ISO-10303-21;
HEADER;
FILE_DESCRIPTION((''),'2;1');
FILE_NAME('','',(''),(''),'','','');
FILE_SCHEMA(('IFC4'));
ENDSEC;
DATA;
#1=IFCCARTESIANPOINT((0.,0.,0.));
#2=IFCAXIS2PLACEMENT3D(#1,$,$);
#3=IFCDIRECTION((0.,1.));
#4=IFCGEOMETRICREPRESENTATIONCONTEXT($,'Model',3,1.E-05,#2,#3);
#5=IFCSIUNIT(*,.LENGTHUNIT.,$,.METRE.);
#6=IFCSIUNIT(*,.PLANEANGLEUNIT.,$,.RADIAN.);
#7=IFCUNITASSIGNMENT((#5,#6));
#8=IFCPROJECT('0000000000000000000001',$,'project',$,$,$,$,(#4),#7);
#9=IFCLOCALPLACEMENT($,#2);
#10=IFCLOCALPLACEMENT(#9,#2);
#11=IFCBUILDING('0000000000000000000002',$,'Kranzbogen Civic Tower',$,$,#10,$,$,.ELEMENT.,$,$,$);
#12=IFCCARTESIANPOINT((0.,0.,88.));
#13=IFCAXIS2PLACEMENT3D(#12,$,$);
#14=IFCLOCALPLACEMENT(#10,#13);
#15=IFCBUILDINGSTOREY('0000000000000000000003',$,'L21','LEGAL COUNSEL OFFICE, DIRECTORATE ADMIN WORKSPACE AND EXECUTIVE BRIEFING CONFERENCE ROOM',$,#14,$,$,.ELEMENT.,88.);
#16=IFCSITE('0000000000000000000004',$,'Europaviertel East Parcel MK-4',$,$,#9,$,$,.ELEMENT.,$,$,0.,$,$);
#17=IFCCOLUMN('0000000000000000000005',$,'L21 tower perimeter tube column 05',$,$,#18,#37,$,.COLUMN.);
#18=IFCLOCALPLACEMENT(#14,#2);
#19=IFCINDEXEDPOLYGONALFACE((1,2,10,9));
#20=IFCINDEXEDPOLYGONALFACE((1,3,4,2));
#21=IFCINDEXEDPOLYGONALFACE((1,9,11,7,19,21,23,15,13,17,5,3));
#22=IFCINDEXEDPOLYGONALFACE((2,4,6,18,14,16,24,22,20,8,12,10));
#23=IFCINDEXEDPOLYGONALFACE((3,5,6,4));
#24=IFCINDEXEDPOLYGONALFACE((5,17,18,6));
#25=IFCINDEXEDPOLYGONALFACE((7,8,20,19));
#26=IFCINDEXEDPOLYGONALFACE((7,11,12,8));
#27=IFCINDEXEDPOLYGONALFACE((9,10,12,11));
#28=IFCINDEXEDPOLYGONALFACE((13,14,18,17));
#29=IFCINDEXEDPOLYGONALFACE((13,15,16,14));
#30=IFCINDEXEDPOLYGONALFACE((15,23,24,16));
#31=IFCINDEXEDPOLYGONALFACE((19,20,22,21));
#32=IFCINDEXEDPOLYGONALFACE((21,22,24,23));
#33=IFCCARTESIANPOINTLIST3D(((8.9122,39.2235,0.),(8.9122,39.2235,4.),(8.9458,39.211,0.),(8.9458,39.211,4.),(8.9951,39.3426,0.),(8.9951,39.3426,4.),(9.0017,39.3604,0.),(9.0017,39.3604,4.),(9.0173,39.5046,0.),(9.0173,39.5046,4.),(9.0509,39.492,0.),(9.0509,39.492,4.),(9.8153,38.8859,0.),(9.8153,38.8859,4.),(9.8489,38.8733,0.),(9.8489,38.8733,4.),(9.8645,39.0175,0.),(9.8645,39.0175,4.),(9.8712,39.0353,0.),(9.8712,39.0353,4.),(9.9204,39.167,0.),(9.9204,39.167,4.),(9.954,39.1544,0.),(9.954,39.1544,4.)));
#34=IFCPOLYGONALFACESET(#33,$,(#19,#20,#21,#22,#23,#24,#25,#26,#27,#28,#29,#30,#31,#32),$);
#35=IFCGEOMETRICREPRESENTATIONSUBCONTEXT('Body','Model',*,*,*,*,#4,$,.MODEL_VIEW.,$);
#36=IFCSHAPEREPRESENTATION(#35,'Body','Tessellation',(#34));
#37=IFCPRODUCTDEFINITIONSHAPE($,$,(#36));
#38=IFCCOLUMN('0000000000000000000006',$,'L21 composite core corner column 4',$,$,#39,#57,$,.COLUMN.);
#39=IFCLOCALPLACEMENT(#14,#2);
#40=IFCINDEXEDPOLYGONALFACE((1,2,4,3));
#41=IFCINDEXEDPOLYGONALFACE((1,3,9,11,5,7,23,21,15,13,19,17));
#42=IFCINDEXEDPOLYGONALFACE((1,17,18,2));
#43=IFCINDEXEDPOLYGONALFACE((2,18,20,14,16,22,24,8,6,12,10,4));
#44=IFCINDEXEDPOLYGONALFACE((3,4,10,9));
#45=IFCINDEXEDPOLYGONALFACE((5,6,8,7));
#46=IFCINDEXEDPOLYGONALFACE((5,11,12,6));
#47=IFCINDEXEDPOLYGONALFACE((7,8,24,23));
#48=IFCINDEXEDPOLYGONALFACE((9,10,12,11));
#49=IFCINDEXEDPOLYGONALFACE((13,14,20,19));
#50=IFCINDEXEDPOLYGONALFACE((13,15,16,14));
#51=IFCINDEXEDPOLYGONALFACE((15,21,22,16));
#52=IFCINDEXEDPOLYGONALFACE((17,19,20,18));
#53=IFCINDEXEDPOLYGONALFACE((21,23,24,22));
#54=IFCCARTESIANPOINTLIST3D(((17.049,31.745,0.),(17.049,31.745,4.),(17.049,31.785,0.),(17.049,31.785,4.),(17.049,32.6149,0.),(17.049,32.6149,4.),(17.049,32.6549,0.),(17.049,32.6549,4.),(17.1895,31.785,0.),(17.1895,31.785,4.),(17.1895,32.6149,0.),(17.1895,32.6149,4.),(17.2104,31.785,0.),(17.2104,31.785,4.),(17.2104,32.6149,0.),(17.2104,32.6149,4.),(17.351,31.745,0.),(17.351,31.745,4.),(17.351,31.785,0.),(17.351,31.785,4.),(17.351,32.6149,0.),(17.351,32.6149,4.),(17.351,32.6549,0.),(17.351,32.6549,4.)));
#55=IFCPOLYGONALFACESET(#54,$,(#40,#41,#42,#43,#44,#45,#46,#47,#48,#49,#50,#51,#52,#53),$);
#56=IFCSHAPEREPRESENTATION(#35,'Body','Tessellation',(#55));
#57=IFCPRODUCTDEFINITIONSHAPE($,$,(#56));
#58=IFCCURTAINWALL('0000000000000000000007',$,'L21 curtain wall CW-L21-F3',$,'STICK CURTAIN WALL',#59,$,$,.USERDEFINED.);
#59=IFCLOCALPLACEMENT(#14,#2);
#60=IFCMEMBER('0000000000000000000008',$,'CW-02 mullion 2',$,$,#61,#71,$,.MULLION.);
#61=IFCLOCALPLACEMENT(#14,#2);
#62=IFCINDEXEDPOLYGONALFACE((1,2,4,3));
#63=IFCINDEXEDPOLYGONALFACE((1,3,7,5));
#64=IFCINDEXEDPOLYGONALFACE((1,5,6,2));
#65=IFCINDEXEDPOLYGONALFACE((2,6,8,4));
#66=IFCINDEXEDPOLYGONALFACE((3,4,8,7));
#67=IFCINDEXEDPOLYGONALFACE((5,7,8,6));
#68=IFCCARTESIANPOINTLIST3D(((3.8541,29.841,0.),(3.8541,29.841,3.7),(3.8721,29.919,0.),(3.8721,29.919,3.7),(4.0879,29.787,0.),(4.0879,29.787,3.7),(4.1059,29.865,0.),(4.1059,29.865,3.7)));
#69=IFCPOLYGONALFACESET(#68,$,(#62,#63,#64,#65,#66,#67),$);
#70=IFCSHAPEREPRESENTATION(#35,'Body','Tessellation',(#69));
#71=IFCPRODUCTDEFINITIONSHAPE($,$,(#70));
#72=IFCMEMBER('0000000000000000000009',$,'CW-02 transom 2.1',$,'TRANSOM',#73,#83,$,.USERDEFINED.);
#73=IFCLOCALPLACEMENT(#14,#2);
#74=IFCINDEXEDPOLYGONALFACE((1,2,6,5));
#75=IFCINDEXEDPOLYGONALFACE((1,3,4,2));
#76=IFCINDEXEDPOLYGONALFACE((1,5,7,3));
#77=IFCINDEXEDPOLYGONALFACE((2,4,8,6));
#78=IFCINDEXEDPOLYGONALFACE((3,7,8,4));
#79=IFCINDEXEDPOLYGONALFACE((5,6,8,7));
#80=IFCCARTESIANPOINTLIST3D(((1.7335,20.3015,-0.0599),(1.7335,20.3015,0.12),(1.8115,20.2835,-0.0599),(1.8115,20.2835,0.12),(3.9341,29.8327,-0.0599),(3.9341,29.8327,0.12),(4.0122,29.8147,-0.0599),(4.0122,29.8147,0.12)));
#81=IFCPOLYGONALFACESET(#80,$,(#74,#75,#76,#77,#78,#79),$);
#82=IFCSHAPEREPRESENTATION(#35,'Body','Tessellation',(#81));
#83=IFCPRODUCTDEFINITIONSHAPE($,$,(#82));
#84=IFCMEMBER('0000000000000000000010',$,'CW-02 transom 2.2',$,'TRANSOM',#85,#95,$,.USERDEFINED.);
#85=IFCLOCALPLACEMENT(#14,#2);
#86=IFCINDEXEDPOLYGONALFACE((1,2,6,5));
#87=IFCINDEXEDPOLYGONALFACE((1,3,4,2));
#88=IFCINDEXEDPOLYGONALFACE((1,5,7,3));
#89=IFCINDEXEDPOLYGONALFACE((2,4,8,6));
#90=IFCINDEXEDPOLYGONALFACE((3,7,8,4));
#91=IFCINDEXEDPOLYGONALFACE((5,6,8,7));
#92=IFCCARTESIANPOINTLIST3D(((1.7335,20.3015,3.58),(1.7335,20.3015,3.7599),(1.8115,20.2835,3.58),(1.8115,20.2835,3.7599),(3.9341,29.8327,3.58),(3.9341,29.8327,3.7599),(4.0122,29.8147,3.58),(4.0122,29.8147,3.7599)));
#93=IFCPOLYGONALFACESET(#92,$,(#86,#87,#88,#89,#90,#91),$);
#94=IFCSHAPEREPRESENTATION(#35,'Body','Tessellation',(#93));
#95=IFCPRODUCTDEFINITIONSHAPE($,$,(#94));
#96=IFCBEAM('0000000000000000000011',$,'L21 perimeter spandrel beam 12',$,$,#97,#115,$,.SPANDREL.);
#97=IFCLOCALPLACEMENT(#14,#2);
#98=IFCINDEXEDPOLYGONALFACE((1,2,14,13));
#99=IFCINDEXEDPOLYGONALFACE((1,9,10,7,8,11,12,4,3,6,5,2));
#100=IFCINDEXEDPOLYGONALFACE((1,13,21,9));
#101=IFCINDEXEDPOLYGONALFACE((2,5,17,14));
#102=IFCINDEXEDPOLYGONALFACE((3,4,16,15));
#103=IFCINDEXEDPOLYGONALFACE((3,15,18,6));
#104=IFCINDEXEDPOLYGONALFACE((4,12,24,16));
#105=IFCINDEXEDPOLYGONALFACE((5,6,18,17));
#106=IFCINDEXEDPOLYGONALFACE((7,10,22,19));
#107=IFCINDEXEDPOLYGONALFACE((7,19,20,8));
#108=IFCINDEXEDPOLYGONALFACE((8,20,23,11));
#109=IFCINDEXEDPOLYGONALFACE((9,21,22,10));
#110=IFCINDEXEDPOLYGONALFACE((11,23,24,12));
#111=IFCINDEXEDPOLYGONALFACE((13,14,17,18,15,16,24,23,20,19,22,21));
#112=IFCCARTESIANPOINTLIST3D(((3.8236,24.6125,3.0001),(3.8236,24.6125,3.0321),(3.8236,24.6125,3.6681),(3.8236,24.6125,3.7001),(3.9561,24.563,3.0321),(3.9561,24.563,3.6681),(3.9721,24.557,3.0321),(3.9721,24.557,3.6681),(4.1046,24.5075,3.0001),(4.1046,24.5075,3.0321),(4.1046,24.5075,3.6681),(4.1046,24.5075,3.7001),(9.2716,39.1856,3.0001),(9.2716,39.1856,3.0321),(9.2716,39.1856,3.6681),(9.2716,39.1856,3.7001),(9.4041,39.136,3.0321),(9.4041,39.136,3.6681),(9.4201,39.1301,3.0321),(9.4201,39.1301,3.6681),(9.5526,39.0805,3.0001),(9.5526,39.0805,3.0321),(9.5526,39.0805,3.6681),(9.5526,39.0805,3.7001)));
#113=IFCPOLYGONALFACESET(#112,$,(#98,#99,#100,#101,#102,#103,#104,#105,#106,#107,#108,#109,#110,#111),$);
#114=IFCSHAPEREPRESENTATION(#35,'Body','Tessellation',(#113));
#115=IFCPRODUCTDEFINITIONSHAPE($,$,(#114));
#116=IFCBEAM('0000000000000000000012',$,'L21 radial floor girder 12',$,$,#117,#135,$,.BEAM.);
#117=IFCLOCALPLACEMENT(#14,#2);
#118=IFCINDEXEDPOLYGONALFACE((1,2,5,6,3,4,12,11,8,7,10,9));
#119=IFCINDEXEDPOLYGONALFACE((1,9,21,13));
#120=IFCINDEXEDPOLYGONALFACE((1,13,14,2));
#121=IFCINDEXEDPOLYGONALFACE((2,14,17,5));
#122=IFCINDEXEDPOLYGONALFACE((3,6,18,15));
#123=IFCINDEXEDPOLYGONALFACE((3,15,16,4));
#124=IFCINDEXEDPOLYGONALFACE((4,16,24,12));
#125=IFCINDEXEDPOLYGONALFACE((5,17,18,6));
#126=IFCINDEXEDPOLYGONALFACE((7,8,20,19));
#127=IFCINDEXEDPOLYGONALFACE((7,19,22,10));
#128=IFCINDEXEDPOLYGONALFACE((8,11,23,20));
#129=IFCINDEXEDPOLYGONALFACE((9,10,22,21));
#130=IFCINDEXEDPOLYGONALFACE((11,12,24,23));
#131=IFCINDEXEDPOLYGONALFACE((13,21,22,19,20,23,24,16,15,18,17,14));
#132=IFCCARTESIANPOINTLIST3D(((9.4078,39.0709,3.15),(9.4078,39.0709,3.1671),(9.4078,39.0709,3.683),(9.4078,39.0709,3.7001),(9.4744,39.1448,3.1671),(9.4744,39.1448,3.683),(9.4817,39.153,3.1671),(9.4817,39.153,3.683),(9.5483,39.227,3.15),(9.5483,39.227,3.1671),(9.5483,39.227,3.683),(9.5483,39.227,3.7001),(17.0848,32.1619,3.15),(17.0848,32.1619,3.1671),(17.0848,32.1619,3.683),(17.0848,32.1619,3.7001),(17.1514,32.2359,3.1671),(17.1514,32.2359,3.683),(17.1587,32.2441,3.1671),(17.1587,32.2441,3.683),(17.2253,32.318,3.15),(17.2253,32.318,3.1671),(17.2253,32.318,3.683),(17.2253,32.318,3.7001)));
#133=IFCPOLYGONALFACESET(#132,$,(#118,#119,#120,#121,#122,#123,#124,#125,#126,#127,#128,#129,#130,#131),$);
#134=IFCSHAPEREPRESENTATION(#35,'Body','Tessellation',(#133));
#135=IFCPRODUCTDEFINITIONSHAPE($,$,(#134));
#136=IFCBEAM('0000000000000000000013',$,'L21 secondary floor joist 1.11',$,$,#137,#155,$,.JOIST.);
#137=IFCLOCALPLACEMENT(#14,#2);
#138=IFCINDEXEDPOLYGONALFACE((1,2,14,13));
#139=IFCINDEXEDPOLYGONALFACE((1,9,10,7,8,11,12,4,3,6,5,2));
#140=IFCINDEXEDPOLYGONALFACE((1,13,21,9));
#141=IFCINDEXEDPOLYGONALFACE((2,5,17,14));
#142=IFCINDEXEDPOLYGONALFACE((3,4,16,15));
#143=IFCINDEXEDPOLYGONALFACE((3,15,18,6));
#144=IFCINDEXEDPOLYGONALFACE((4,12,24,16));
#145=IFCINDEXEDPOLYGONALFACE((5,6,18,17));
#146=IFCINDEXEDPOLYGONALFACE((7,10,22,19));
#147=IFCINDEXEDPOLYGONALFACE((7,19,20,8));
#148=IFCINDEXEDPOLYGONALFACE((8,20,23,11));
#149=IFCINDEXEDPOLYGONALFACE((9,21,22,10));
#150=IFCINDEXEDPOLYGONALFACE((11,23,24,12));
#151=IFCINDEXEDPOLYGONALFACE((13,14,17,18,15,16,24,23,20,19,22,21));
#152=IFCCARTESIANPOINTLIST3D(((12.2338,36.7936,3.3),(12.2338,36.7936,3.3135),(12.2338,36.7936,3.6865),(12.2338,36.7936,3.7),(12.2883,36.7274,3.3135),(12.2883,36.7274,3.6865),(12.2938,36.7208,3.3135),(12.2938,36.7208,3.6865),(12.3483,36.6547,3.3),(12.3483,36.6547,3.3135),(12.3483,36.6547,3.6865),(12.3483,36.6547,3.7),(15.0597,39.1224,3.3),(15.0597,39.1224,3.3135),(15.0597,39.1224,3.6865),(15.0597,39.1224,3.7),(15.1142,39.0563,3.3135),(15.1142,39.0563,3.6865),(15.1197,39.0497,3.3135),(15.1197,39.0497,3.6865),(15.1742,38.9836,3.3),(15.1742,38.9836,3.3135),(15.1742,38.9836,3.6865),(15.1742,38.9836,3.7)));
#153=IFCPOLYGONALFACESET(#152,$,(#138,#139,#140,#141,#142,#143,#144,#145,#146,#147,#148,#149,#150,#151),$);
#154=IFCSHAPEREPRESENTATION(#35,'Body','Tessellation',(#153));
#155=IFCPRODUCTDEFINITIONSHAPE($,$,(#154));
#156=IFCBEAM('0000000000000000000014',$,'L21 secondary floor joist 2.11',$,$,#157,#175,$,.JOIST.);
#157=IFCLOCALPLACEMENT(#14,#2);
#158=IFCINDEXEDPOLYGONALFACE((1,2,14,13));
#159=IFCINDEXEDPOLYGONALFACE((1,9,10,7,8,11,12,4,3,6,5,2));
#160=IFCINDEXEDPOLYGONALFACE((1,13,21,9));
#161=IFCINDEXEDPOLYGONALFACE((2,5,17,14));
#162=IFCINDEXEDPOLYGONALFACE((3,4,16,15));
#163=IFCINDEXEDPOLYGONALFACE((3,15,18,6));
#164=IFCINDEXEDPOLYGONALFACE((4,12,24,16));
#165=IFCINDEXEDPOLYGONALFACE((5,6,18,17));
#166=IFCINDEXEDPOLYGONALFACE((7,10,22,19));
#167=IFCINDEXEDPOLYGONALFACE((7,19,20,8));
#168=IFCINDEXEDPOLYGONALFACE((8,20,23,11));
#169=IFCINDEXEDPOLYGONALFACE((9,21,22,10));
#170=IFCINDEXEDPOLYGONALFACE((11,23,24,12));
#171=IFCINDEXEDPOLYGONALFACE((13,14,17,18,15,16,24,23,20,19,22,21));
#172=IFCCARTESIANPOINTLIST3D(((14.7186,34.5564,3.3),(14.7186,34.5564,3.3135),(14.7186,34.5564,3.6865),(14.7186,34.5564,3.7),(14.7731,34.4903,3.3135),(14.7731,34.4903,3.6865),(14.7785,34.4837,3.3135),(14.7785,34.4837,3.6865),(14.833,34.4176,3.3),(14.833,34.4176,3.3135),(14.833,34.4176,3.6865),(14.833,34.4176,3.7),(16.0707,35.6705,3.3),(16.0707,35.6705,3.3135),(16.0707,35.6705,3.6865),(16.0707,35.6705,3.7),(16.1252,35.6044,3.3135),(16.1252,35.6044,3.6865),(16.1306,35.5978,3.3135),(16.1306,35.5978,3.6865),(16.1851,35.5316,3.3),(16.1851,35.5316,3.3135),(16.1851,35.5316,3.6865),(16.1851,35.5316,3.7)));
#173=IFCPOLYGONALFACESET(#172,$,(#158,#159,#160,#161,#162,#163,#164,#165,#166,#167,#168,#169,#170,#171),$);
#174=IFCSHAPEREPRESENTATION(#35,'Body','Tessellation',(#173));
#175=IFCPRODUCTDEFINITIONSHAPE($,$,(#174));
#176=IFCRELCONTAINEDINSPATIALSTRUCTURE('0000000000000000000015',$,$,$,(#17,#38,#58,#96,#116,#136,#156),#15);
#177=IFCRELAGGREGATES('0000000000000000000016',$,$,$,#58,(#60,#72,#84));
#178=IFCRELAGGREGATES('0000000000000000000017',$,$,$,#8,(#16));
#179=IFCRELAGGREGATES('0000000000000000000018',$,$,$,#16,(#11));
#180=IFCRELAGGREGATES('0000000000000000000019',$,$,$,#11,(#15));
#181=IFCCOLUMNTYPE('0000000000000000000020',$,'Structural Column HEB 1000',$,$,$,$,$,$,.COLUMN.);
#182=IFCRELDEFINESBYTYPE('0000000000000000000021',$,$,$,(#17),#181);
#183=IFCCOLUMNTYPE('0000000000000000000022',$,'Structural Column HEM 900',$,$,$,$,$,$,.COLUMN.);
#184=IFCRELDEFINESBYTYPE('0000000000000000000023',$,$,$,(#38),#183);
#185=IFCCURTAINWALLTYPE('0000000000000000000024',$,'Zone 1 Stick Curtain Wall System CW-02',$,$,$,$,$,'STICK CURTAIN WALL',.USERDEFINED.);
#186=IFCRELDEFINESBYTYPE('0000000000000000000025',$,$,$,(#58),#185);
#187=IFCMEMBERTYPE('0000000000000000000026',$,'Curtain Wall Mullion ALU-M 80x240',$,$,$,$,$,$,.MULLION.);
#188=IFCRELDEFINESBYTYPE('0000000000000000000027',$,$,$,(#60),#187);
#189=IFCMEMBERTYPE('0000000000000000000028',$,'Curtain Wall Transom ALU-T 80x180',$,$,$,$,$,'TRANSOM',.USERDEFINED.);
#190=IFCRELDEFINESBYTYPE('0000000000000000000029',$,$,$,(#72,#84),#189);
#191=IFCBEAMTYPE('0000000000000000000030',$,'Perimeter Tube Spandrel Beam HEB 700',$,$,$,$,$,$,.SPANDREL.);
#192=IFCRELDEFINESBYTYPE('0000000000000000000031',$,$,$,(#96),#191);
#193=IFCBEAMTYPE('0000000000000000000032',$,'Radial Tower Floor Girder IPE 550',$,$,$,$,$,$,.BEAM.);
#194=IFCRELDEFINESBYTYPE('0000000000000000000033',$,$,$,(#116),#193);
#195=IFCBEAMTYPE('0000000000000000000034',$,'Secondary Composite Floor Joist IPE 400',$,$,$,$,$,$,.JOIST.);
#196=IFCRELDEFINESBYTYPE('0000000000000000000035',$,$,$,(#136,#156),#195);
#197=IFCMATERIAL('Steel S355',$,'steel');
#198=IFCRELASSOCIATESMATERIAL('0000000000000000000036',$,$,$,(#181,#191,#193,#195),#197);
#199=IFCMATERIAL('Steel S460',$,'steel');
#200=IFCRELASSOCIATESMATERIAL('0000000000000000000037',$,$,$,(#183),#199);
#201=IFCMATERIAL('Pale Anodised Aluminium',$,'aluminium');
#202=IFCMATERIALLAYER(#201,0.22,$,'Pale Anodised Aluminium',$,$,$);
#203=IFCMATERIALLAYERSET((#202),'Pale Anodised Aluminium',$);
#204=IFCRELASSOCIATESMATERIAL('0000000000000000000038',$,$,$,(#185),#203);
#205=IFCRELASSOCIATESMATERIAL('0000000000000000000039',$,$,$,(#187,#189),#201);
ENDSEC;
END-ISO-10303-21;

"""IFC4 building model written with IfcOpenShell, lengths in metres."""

from ifc_helpers import new_model, si_unit, direction, frame, origin, origin_2d, place, context, subcontext, project, spatial, rectangle, i_section, extrude, material, layer, layer_set, material_profile, profile_set, type_object, element, aggregate, save


model = new_model("IFC4")

# Units and contexts
model_context = context("Model", 3, precision=1e-05, world=origin(), true_north=direction((0.0, 1.0)))
body_context = subcontext(model_context, "Body", "Model", "MODEL_VIEW")
ifc_project = project(units=[si_unit("LENGTHUNIT", "METRE"), si_unit("PLANEANGLEUNIT", "RADIAN")], contexts=[model_context])

# Site, building, storey
site_placement = place(None, origin())
site = spatial("IfcSite", under=ifc_project, at=site_placement, Name="Europaviertel East Parcel MK-4", CompositionType="ELEMENT", RefElevation=0.0)
building_placement = place(site_placement, origin())
building = spatial("IfcBuilding", under=site, at=building_placement, Name="Kranzbogen Civic Tower", CompositionType="ELEMENT")
storey_placement = place(building_placement, frame((0.0, 0.0, 88.0)))
storey = spatial("IfcBuildingStorey", under=building, at=storey_placement, Name="L21", Description="LEGAL COUNSEL OFFICE, DIRECTORATE ADMIN WORKSPACE AND EXECUTIVE BRIEFING CONFERENCE ROOM", CompositionType="ELEMENT", Elevation=88.0)

# Columns
ifc_material_1 = material(Name="Steel S355", Category="steel")
ifc_material_profile_1 = material_profile(ifc_material_1, i_section(OverallWidth=0.3, OverallDepth=1.0, WebThickness=0.019, FlangeThickness=0.0359, at=origin_2d()), Name="HEB 1000")
ifc_profile_set_1 = profile_set([ifc_material_profile_1], Name="Steel S355")
column_type_1 = type_object("IfcColumnType", Name="Structural Column HEB 1000", PredefinedType="COLUMN", material=ifc_profile_set_1)
column_1_placement = place(storey_placement, frame((9.4331, 39.189, 0.0), z_axis=(0.0, 0.0, 1.0), x_axis=(0.350207, 0.936672, 0.0)))
element("IfcColumn", 1, at=column_1_placement, inside=storey, type_object=column_type_1, Name="L21 tower perimeter tube column 05", PredefinedType="COLUMN", context=body_context, shape_type="SweptSolid", body=[
    extrude(i_section(OverallWidth=0.3, OverallDepth=1.0, WebThickness=0.019, FlangeThickness=0.0359, at=origin_2d()), origin(), (0.0, 0.0, 1.0), 4.0),
])
ifc_material_2 = material(Name="Steel S460", Category="steel")
ifc_material_profile_2 = material_profile(ifc_material_2, i_section(OverallWidth=0.302, OverallDepth=0.9099, WebThickness=0.021, FlangeThickness=0.04, at=origin_2d()), Name="HEM 900")
ifc_profile_set_2 = profile_set([ifc_material_profile_2], Name="Steel S460")
column_type_2 = type_object("IfcColumnType", Name="Structural Column HEM 900", PredefinedType="COLUMN", material=ifc_profile_set_2)
column_2_placement = place(storey_placement, frame((17.2, 32.2, 0.0), z_axis=(0.0, 0.0, 1.0), x_axis=(1.0, 0.0, 0.0)))
element("IfcColumn", 2, at=column_2_placement, inside=storey, type_object=column_type_2, Name="L21 composite core corner column 4", PredefinedType="COLUMN", context=body_context, shape_type="SweptSolid", body=[
    extrude(i_section(OverallWidth=0.302, OverallDepth=0.9099, WebThickness=0.021, FlangeThickness=0.04, at=origin_2d()), origin(), (0.0, 0.0, 1.0), 4.0),
])

# Curtain wall, members
ifc_material_3 = material(Name="Pale Anodised Aluminium", Category="aluminium")
ifc_layer_1 = layer(ifc_material_3, 0.22, Name="Pale Anodised Aluminium")
ifc_layer_set_1 = layer_set([ifc_layer_1], Name="Pale Anodised Aluminium")
curtain_wall_type = type_object("IfcCurtainWallType", Name="Zone 1 Stick Curtain Wall System CW-02", ElementType="STICK CURTAIN WALL", PredefinedType="USERDEFINED", material=ifc_layer_set_1)
curtain_wall_placement = place(storey_placement, origin())
curtain_wall = element("IfcCurtainWall", 3, at=curtain_wall_placement, inside=storey, type_object=curtain_wall_type, Name="L21 curtain wall CW-L21-F3", ObjectType="STICK CURTAIN WALL", PredefinedType="USERDEFINED")
ifc_material_profile_3 = material_profile(ifc_material_3, rectangle(XDim=0.0801, YDim=0.24, at=origin_2d()), Name="ALU-M 80x240")
ifc_profile_set_3 = profile_set([ifc_material_profile_3], Name="Pale Anodised Aluminium")
member_type_1 = type_object("IfcMemberType", Name="Curtain Wall Mullion ALU-M 80x240", PredefinedType="MULLION", material=ifc_profile_set_3)
member_1_placement = place(storey_placement, frame((3.98, 29.853, 0.0), z_axis=(0.0, 0.0, 1.0), x_axis=(-0.224978, -0.974364, 0.0)))
member_1 = element("IfcMember", 4, at=member_1_placement, type_object=member_type_1, Name="CW-02 mullion 2", PredefinedType="MULLION", context=body_context, shape_type="SweptSolid", body=[
    extrude(rectangle(XDim=0.0801, YDim=0.24, at=origin_2d()), origin(), (0.0, 0.0, 1.0), 3.7),
])
ifc_material_profile_4 = material_profile(ifc_material_3, rectangle(XDim=0.0801, YDim=0.1799, at=origin_2d()), Name="ALU-T 80x180")
ifc_profile_set_4 = profile_set([ifc_material_profile_4], Name="Pale Anodised Aluminium")
member_type_2 = type_object("IfcMemberType", Name="Curtain Wall Transom ALU-T 80x180", ElementType="TRANSOM", PredefinedType="USERDEFINED", material=ifc_profile_set_4)
member_2_placement = place(storey_placement, frame((3.9731, 29.8237, 0.03), z_axis=(-0.224973, -0.974365, 0.0), x_axis=(0.974365, -0.224973, 0.0)))
member_2 = element("IfcMember", 5, at=member_2_placement, type_object=member_type_2, Name="CW-02 transom 2.1", ObjectType="TRANSOM", PredefinedType="USERDEFINED", context=body_context, shape_type="SweptSolid", body=[
    extrude(rectangle(XDim=0.0801, YDim=0.1799, at=origin_2d()), origin(), (0.0, 0.0, 1.0), 9.782),
])
member_3_placement = place(storey_placement, frame((3.9731, 29.8237, 3.6699), z_axis=(-0.224973, -0.974365, 0.0), x_axis=(0.974365, -0.224973, 0.0)))
member_3 = element("IfcMember", 6, at=member_3_placement, type_object=member_type_2, Name="CW-02 transom 2.2", ObjectType="TRANSOM", PredefinedType="USERDEFINED", context=body_context, shape_type="SweptSolid", body=[
    extrude(rectangle(XDim=0.0801, YDim=0.1799, at=origin_2d()), origin(), (0.0, 0.0, 1.0), 9.782),
])

# Beams
ifc_material_profile_5 = material_profile(ifc_material_1, i_section(OverallWidth=0.3, OverallDepth=0.7, WebThickness=0.0171, FlangeThickness=0.032, at=origin_2d()), Name="HEB 700")
ifc_profile_set_5 = profile_set([ifc_material_profile_5], Name="Steel S355")
beam_type_1 = type_object("IfcBeamType", Name="Perimeter Tube Spandrel Beam HEB 700", PredefinedType="SPANDREL", material=ifc_profile_set_5)
beam_1_placement = place(storey_placement, frame((9.4121, 39.1331, 3.3501), z_axis=(-0.350172, -0.936685, 0.0), x_axis=(0.936685, -0.350172, 0.0)))
element("IfcBeam", 7, at=beam_1_placement, inside=storey, type_object=beam_type_1, Name="L21 perimeter spandrel beam 12", PredefinedType="SPANDREL", context=body_context, shape_type="SweptSolid", body=[
    extrude(i_section(OverallWidth=0.3, OverallDepth=0.7, WebThickness=0.0171, FlangeThickness=0.032, at=origin_2d()), origin(), (0.0, 0.0, 1.0), 15.5581),
])
ifc_material_profile_6 = material_profile(ifc_material_1, i_section(OverallWidth=0.21, OverallDepth=0.55, WebThickness=0.011, FlangeThickness=0.0171, at=origin_2d()), Name="IPE 550")
ifc_profile_set_6 = profile_set([ifc_material_profile_6], Name="Steel S355")
beam_type_2 = type_object("IfcBeamType", Name="Radial Tower Floor Girder IPE 550", PredefinedType="BEAM", material=ifc_profile_set_6)
beam_2_placement = place(storey_placement, frame((9.478, 39.1489, 3.425), z_axis=(0.743312, -0.668945, 0.0), x_axis=(0.668945, 0.743312, 0.0)))
element("IfcBeam", 8, at=beam_2_placement, inside=storey, type_object=beam_type_2, Name="L21 radial floor girder 12", PredefinedType="BEAM", context=body_context, shape_type="SweptSolid", body=[
    extrude(i_section(OverallWidth=0.21, OverallDepth=0.55, WebThickness=0.011, FlangeThickness=0.0171, at=origin_2d()), origin(), (0.0, 0.0, 1.0), 10.3281),
])
ifc_material_profile_7 = material_profile(ifc_material_1, i_section(OverallWidth=0.1799, OverallDepth=0.3999, WebThickness=0.0085, FlangeThickness=0.0134, at=origin_2d()), Name="IPE 400")
ifc_profile_set_7 = profile_set([ifc_material_profile_7], Name="Steel S355")
beam_type_3 = type_object("IfcBeamType", Name="Secondary Composite Floor Joist IPE 400", PredefinedType="JOIST", material=ifc_profile_set_7)
beam_3_placement = place(storey_placement, frame((15.1169, 39.053, 3.5), z_axis=(-0.771713, -0.635971, 0.0), x_axis=(0.635971, -0.771713, 0.0)))
element("IfcBeam", 9, at=beam_3_placement, inside=storey, type_object=beam_type_3, Name="L21 secondary floor joist 1.11", PredefinedType="JOIST", context=body_context, shape_type="SweptSolid", body=[
    extrude(i_section(OverallWidth=0.1799, OverallDepth=0.3999, WebThickness=0.0085, FlangeThickness=0.0134, at=origin_2d()), origin(), (0.0, 0.0, 1.0), 3.6619),
])
beam_4_placement = place(storey_placement, frame((16.1279, 35.6011, 3.5), z_axis=(-0.771773, -0.635898, 0.0), x_axis=(0.635898, -0.771773, 0.0)))
element("IfcBeam", 10, at=beam_4_placement, inside=storey, type_object=beam_type_3, Name="L21 secondary floor joist 2.11", PredefinedType="JOIST", context=body_context, shape_type="SweptSolid", body=[
    extrude(i_section(OverallWidth=0.1799, OverallDepth=0.3999, WebThickness=0.0085, FlangeThickness=0.0134, at=origin_2d()), origin(), (0.0, 0.0, 1.0), 1.752),
])

aggregate(curtain_wall, [member_1, member_2, member_3])

save(model, "model.ifc")
